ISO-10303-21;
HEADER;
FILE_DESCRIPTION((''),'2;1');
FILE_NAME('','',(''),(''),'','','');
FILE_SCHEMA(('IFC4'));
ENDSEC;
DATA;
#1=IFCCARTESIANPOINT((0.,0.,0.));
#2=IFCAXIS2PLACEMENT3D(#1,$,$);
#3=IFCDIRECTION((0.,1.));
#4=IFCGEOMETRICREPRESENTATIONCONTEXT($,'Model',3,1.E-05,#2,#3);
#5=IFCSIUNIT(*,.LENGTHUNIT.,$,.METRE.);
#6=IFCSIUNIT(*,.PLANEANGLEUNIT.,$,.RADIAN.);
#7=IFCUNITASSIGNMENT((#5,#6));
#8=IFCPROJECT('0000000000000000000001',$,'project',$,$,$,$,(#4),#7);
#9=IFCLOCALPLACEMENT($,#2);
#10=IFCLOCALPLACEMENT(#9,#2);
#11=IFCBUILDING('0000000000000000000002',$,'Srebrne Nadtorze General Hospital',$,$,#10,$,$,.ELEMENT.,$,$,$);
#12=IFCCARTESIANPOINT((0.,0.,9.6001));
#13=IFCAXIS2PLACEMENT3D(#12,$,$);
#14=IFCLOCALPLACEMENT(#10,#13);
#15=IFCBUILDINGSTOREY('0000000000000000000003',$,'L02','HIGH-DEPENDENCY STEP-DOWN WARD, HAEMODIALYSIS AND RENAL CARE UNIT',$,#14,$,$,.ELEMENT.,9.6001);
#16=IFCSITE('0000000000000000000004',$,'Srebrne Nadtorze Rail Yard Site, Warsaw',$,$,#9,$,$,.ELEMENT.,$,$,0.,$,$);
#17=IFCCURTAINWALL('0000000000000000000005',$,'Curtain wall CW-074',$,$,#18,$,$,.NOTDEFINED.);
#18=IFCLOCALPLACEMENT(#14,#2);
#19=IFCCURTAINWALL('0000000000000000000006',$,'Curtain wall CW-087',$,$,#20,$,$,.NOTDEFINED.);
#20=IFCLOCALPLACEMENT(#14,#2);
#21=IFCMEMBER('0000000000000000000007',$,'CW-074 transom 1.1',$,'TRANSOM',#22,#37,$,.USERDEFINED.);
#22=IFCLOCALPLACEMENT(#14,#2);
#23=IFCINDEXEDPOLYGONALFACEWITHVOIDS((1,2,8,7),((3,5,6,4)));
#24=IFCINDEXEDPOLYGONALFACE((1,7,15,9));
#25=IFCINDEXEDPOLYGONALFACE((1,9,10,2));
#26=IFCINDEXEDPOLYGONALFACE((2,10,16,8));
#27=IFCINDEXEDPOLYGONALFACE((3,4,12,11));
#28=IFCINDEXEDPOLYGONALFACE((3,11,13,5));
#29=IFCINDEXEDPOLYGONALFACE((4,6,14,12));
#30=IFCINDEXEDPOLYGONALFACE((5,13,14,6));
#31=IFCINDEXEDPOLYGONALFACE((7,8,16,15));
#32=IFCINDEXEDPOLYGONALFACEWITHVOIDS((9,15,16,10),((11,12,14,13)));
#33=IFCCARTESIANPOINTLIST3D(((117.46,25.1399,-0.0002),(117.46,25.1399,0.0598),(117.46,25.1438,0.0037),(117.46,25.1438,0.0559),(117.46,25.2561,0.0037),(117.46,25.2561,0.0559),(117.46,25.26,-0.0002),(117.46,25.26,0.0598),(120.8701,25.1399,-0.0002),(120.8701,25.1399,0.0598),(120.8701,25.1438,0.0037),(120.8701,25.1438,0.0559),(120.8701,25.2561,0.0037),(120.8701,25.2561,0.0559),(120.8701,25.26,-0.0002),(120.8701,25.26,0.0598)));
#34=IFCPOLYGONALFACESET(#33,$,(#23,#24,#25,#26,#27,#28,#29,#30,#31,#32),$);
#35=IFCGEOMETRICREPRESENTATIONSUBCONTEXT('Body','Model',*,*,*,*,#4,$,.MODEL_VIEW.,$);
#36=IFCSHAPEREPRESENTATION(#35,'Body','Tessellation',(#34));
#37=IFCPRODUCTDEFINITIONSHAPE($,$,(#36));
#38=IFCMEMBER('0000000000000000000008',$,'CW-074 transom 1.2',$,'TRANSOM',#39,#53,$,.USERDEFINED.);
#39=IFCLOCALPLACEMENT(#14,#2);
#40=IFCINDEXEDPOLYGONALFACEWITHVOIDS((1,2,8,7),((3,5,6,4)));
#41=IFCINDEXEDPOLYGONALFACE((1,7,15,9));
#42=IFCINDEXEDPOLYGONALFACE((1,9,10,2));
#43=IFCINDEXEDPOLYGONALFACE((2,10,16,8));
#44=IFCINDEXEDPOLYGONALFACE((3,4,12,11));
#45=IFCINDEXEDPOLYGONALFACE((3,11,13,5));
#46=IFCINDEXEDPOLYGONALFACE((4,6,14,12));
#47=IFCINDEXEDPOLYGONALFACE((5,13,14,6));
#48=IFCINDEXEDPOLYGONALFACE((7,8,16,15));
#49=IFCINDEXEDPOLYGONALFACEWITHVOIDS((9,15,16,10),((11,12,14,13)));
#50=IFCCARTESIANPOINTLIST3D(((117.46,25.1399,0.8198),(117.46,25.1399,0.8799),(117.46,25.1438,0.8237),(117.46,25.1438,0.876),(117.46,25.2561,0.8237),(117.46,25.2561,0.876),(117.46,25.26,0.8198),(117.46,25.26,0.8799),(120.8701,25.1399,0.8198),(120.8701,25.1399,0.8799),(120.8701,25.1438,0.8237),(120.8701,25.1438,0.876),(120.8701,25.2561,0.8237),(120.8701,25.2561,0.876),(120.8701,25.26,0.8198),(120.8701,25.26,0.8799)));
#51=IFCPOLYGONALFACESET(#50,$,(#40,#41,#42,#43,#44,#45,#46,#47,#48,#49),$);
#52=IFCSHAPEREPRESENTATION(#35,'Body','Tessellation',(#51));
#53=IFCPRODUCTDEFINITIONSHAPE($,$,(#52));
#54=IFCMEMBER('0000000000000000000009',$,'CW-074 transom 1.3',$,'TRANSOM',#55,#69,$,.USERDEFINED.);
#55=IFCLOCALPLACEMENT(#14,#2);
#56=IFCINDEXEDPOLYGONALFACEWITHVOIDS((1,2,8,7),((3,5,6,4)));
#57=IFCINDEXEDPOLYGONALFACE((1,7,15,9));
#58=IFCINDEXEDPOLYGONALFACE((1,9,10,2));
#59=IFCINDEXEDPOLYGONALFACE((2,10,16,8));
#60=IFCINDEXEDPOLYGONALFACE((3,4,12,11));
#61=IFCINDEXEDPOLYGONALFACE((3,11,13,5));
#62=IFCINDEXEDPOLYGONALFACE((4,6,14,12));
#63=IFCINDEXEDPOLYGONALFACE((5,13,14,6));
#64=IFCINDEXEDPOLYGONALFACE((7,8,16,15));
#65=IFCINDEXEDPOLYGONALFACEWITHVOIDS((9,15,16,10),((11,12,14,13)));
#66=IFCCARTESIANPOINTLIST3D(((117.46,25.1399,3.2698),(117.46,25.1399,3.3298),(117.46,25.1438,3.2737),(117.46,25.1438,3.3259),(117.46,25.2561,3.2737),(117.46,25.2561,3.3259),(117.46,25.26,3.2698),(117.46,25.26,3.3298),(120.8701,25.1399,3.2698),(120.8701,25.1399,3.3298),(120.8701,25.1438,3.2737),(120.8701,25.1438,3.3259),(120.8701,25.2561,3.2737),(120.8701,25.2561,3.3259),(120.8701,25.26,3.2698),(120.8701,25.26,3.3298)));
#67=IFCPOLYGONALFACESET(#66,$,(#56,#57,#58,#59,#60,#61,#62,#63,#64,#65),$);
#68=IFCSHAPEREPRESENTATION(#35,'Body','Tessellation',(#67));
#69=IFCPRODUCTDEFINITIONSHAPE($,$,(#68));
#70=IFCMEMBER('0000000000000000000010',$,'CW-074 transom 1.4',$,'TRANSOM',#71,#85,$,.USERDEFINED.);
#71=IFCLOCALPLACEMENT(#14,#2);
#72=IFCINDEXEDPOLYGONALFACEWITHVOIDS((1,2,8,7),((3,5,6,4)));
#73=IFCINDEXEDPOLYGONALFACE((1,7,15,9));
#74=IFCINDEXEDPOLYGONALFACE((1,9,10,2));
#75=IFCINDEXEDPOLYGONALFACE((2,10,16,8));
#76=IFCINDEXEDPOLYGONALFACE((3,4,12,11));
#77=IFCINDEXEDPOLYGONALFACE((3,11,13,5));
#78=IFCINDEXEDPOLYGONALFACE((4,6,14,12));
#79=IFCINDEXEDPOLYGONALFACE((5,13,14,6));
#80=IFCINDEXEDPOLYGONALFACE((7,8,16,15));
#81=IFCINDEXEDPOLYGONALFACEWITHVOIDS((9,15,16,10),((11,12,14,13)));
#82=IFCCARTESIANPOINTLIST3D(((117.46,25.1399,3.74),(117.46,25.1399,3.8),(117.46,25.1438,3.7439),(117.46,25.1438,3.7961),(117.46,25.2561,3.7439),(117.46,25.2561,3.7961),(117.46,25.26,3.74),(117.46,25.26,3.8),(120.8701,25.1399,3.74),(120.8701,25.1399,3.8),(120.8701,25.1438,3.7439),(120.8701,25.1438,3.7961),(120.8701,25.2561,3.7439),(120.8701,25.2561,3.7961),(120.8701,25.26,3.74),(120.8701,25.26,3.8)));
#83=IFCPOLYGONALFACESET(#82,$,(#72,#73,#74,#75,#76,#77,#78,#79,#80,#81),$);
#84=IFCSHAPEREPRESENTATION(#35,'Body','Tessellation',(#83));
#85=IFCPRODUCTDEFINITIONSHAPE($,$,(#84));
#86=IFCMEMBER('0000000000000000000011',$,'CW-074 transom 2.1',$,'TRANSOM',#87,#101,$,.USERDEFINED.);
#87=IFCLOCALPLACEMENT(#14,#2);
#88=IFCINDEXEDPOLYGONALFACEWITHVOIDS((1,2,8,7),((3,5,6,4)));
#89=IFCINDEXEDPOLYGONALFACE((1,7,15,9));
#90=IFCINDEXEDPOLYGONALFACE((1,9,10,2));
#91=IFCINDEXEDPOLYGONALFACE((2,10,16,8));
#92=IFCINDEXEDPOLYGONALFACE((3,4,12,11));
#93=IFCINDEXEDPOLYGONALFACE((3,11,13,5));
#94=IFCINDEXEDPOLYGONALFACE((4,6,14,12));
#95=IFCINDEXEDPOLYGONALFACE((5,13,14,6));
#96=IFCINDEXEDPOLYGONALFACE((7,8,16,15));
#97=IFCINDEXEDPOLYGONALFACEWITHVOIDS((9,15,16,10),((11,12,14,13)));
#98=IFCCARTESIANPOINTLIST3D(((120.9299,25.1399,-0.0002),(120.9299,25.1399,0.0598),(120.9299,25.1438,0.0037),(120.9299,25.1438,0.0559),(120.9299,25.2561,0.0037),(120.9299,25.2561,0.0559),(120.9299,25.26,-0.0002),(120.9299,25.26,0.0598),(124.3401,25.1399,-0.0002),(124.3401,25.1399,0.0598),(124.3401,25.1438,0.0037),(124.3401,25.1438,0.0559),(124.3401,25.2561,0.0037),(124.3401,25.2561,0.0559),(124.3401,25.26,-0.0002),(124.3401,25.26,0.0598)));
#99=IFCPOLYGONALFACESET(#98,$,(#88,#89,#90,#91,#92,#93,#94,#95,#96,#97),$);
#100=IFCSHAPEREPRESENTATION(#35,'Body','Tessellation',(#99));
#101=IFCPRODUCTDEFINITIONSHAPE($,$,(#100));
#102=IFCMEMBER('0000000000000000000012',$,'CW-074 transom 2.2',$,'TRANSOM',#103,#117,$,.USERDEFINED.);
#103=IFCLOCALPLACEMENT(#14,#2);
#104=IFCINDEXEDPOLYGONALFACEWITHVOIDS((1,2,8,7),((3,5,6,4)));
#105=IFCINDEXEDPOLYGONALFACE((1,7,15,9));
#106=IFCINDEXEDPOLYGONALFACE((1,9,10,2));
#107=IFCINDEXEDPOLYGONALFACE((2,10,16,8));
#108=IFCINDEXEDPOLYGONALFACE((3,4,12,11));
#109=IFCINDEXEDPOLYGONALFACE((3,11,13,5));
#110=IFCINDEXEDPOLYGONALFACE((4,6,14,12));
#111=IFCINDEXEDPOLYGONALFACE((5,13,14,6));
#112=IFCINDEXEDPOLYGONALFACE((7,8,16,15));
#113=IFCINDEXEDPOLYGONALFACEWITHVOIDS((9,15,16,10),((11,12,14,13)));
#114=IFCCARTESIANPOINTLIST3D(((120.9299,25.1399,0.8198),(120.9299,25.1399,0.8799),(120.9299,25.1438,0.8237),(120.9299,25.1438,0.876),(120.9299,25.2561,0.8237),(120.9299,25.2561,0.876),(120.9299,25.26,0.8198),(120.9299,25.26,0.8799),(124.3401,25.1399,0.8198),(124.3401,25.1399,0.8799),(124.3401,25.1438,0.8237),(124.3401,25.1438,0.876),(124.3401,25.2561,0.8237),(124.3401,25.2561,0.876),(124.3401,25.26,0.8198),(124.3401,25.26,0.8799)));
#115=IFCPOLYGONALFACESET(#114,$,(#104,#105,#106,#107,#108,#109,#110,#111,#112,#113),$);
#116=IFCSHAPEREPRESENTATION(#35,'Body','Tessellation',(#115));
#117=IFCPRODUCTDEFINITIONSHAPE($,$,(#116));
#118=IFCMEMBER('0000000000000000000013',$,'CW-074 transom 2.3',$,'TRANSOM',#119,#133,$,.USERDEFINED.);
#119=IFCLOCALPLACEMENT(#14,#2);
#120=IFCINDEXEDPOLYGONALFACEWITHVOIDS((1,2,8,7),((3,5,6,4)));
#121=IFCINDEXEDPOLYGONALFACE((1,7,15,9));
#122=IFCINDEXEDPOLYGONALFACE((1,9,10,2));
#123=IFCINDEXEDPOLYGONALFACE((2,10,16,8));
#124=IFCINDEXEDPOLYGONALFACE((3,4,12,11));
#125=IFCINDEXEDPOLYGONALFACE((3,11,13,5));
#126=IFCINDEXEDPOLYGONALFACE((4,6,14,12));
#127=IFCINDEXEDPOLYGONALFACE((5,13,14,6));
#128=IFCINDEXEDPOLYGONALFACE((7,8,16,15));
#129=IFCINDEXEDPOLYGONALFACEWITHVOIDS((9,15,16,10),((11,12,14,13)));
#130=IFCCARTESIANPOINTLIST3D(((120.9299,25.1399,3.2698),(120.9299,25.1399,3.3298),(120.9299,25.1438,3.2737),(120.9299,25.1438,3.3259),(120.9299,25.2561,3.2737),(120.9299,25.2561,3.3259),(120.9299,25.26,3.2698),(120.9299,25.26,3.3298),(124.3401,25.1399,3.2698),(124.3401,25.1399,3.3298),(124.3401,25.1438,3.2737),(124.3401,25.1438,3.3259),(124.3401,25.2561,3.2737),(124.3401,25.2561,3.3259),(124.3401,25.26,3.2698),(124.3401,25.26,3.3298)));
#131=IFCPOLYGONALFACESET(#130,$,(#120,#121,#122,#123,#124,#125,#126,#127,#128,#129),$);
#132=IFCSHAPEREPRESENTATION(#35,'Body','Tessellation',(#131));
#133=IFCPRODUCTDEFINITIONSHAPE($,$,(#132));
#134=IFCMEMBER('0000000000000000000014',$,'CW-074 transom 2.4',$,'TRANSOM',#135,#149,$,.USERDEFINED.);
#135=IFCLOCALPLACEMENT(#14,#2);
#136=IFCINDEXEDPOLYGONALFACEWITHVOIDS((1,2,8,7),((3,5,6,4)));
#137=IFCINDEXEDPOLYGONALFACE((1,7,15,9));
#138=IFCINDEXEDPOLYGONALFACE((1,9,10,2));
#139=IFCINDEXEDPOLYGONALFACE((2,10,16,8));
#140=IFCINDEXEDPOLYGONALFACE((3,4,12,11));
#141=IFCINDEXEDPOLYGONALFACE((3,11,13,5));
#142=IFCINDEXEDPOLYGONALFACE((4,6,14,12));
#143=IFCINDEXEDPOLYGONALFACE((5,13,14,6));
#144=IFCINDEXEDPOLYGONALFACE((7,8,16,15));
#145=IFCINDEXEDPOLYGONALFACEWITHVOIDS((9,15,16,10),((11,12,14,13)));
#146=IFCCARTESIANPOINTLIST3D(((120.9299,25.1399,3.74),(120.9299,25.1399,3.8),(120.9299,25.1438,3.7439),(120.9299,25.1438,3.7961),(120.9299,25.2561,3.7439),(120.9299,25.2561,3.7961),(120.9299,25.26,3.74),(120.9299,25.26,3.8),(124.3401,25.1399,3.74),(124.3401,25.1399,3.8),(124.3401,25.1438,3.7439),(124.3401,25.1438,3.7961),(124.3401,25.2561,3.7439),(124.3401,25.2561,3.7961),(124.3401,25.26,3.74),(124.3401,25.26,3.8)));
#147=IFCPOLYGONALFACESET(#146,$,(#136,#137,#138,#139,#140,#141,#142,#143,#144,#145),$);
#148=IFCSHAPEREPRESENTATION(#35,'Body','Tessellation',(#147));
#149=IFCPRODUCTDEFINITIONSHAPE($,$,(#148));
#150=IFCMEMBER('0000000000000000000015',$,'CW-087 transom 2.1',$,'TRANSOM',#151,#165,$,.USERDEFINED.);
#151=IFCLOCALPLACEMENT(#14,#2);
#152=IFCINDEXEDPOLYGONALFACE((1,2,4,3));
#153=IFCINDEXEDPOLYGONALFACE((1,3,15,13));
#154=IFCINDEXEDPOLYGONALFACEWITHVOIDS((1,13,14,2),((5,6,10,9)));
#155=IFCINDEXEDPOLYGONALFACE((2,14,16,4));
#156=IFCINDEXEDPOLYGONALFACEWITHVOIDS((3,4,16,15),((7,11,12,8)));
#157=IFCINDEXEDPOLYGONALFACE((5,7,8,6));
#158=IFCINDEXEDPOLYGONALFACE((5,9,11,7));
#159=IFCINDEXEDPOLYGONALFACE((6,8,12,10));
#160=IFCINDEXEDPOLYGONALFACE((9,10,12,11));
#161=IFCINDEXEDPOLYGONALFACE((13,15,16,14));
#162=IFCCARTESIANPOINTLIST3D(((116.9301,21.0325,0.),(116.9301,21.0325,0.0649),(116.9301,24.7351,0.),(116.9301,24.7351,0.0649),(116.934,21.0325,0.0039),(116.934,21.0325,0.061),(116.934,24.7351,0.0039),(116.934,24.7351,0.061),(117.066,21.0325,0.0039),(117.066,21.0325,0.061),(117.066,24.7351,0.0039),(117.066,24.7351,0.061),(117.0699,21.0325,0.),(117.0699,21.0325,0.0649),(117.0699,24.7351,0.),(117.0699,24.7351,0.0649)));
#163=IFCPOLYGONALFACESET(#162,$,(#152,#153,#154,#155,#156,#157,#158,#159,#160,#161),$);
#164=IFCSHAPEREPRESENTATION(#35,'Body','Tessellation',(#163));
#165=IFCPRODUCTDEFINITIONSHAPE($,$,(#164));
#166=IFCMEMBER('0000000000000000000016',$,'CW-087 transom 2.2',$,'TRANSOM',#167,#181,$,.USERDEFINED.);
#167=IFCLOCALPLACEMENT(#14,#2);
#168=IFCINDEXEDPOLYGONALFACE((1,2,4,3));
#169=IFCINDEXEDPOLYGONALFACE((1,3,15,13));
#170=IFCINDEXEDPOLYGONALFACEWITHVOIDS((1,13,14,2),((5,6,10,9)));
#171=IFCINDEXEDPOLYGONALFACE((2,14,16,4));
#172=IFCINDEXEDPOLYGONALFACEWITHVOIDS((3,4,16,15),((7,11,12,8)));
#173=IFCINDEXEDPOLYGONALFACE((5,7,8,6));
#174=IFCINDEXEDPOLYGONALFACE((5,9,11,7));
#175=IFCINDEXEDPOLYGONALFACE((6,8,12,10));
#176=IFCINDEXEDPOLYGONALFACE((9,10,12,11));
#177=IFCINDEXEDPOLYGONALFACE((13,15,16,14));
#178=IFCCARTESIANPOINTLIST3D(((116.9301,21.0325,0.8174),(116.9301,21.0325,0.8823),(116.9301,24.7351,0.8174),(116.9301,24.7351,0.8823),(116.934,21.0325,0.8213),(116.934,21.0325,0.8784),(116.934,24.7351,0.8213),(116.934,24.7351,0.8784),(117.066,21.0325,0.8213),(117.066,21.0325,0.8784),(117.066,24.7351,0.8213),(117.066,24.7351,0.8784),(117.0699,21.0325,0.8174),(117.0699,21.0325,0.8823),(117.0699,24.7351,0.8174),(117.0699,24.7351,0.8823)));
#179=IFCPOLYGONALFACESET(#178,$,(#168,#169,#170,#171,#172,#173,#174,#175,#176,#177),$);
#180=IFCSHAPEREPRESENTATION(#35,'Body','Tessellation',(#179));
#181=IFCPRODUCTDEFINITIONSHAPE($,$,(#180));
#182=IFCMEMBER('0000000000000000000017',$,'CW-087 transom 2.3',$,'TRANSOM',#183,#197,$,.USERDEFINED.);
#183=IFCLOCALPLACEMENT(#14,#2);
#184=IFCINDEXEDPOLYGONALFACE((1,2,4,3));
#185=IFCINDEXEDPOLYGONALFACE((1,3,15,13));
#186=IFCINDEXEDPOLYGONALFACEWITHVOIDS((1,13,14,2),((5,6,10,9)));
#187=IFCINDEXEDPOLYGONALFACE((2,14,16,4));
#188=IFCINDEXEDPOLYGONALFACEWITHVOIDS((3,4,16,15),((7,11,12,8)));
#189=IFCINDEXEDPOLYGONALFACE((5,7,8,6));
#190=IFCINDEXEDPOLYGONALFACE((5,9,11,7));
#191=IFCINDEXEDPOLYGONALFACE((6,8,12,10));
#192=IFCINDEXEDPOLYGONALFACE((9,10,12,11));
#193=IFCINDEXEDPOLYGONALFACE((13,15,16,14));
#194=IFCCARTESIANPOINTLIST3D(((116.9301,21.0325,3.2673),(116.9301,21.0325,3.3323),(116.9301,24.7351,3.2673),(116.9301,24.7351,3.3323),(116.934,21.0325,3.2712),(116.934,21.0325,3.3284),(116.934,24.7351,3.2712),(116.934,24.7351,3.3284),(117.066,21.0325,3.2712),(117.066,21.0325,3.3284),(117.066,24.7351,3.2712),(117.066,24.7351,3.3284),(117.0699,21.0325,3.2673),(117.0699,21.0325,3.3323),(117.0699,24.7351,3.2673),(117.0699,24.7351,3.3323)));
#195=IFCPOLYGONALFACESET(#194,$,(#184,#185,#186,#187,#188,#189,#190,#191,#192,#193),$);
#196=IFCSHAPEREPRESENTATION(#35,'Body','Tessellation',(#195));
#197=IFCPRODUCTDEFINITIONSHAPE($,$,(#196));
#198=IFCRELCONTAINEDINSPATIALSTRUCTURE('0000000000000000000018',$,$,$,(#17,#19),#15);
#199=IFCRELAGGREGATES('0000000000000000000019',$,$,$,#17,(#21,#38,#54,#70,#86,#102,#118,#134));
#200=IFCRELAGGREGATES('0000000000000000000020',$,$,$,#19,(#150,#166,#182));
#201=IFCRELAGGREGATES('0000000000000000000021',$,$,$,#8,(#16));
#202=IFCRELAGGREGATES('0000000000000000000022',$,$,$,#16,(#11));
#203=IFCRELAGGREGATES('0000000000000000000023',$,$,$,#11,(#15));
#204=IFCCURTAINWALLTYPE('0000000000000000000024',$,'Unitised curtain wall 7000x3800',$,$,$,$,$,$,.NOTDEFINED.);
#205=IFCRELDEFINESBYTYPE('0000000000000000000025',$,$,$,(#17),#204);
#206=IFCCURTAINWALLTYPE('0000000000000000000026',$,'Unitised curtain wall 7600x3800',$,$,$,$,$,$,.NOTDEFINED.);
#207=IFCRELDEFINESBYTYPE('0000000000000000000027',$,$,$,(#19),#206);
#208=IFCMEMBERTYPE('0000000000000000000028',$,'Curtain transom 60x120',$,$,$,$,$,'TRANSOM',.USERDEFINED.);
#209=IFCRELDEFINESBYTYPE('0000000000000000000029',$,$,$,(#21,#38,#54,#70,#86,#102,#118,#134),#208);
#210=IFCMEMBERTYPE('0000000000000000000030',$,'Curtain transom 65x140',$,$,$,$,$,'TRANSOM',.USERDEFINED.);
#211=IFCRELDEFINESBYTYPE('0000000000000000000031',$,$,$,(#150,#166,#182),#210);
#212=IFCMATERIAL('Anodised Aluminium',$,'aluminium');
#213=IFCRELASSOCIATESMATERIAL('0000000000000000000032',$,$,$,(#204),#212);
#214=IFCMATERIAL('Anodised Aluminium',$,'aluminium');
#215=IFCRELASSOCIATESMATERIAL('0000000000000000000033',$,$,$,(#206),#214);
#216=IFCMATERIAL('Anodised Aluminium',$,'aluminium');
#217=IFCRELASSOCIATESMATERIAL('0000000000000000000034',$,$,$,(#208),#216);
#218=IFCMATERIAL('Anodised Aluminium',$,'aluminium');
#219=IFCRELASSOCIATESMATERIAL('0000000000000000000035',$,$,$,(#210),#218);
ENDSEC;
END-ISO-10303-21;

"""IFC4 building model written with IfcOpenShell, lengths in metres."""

from ifc_helpers import new_model, si_unit, direction, frame, origin, origin_2d, place, context, subcontext, project, spatial, hollow_rectangle, extrude, material, material_profile, profile_set, type_object, element, aggregate, save


model = new_model("IFC4")

# Units and contexts
model_context = context("Model", 3, precision=1e-05, world=origin(), true_north=direction((0.0, 1.0)))
body_context = subcontext(model_context, "Body", "Model", "MODEL_VIEW")
ifc_project = project(units=[si_unit("LENGTHUNIT", "METRE"), si_unit("PLANEANGLEUNIT", "RADIAN")], contexts=[model_context])

# Site, building, storey
site_placement = place(None, origin())
site = spatial("IfcSite", under=ifc_project, at=site_placement, Name="Srebrne Nadtorze Rail Yard Site, Warsaw", CompositionType="ELEMENT", RefElevation=0.0)
building_placement = place(site_placement, origin())
building = spatial("IfcBuilding", under=site, at=building_placement, Name="Srebrne Nadtorze General Hospital", CompositionType="ELEMENT")
storey_placement = place(building_placement, frame((0.0, 0.0, 9.6001)))
storey = spatial("IfcBuildingStorey", under=building, at=storey_placement, Name="L02", Description="HIGH-DEPENDENCY STEP-DOWN WARD, HAEMODIALYSIS AND RENAL CARE UNIT", CompositionType="ELEMENT", Elevation=9.6001)

# Shared definitions
ifc_material_1 = material(Name="Anodised Aluminium", Category="aluminium")
curtain_wall_type_1 = type_object("IfcCurtainWallType", Name="Unitised curtain wall 7000x3800", PredefinedType="NOTDEFINED", material=ifc_material_1)

# Curtain wall
curtain_wall_1_placement = place(storey_placement, origin())
curtain_wall_1 = element("IfcCurtainWall", 1, at=curtain_wall_1_placement, inside=storey, type_object=curtain_wall_type_1, Name="Curtain wall CW-074", PredefinedType="NOTDEFINED")

# Curtain wall
ifc_material_2 = material(Name="Anodised Aluminium", Category="aluminium")
curtain_wall_type_2 = type_object("IfcCurtainWallType", Name="Unitised curtain wall 7600x3800", PredefinedType="NOTDEFINED", material=ifc_material_2)
curtain_wall_2_placement = place(storey_placement, origin())
curtain_wall_2 = element("IfcCurtainWall", 2, at=curtain_wall_2_placement, inside=storey, type_object=curtain_wall_type_2, Name="Curtain wall CW-087", PredefinedType="NOTDEFINED")

# Members
ifc_material_3 = material(Name="Anodised Aluminium", Category="aluminium")
ifc_material_profile_1 = material_profile(ifc_material_3, hollow_rectangle(XDim=0.0601, YDim=0.1201, WallThickness=0.0039, at=origin_2d()), Name="AL-TRN-60x120")
ifc_profile_set_1 = profile_set([ifc_material_profile_1], Name="Anodised Aluminium")
member_type_1 = type_object("IfcMemberType", Name="Curtain transom 60x120", ElementType="TRANSOM", PredefinedType="USERDEFINED", material=ifc_profile_set_1)
member_1_placement = place(storey_placement, frame((117.46, 25.2, 0.0298), z_axis=(1.0, 0.0, 0.0), x_axis=(0.0, 0.0, 1.0)))
member_1 = element("IfcMember", 3, at=member_1_placement, type_object=member_type_1, Name="CW-074 transom 1.1", ObjectType="TRANSOM", PredefinedType="USERDEFINED", context=body_context, shape_type="SweptSolid", body=[
    extrude(hollow_rectangle(XDim=0.0601, YDim=0.1201, WallThickness=0.0039, at=origin_2d()), origin(), (0.0, 0.0, 1.0), 3.4102),
])
member_2_placement = place(storey_placement, frame((117.46, 25.2, 0.8499), z_axis=(1.0, 0.0, 0.0), x_axis=(0.0, 0.0, 1.0)))
member_2 = element("IfcMember", 4, at=member_2_placement, type_object=member_type_1, Name="CW-074 transom 1.2", ObjectType="TRANSOM", PredefinedType="USERDEFINED", context=body_context, shape_type="SweptSolid", body=[
    extrude(hollow_rectangle(XDim=0.0601, YDim=0.1201, WallThickness=0.0039, at=origin_2d()), origin(), (0.0, 0.0, 1.0), 3.4102),
])
member_3_placement = place(storey_placement, frame((117.46, 25.2, 3.2998), z_axis=(1.0, 0.0, 0.0), x_axis=(0.0, 0.0, 1.0)))
member_3 = element("IfcMember", 5, at=member_3_placement, type_object=member_type_1, Name="CW-074 transom 1.3", ObjectType="TRANSOM", PredefinedType="USERDEFINED", context=body_context, shape_type="SweptSolid", body=[
    extrude(hollow_rectangle(XDim=0.0601, YDim=0.1201, WallThickness=0.0039, at=origin_2d()), origin(), (0.0, 0.0, 1.0), 3.4102),
])
member_4_placement = place(storey_placement, frame((117.46, 25.2, 3.77), z_axis=(1.0, 0.0, 0.0), x_axis=(0.0, 0.0, 1.0)))
member_4 = element("IfcMember", 6, at=member_4_placement, type_object=member_type_1, Name="CW-074 transom 1.4", ObjectType="TRANSOM", PredefinedType="USERDEFINED", context=body_context, shape_type="SweptSolid", body=[
    extrude(hollow_rectangle(XDim=0.0601, YDim=0.1201, WallThickness=0.0039, at=origin_2d()), origin(), (0.0, 0.0, 1.0), 3.4102),
])
member_5_placement = place(storey_placement, frame((120.9299, 25.2, 0.0298), z_axis=(1.0, 0.0, 0.0), x_axis=(0.0, 0.0, 1.0)))
member_5 = element("IfcMember", 7, at=member_5_placement, type_object=member_type_1, Name="CW-074 transom 2.1", ObjectType="TRANSOM", PredefinedType="USERDEFINED", context=body_context, shape_type="SweptSolid", body=[
    extrude(hollow_rectangle(XDim=0.0601, YDim=0.1201, WallThickness=0.0039, at=origin_2d()), origin(), (0.0, 0.0, 1.0), 3.4102),
])
member_6_placement = place(storey_placement, frame((120.9299, 25.2, 0.8499), z_axis=(1.0, 0.0, 0.0), x_axis=(0.0, 0.0, 1.0)))
member_6 = element("IfcMember", 8, at=member_6_placement, type_object=member_type_1, Name="CW-074 transom 2.2", ObjectType="TRANSOM", PredefinedType="USERDEFINED", context=body_context, shape_type="SweptSolid", body=[
    extrude(hollow_rectangle(XDim=0.0601, YDim=0.1201, WallThickness=0.0039, at=origin_2d()), origin(), (0.0, 0.0, 1.0), 3.4102),
])
member_7_placement = place(storey_placement, frame((120.9299, 25.2, 3.2998), z_axis=(1.0, 0.0, 0.0), x_axis=(0.0, 0.0, 1.0)))
member_7 = element("IfcMember", 9, at=member_7_placement, type_object=member_type_1, Name="CW-074 transom 2.3", ObjectType="TRANSOM", PredefinedType="USERDEFINED", context=body_context, shape_type="SweptSolid", body=[
    extrude(hollow_rectangle(XDim=0.0601, YDim=0.1201, WallThickness=0.0039, at=origin_2d()), origin(), (0.0, 0.0, 1.0), 3.4102),
])
member_8_placement = place(storey_placement, frame((120.9299, 25.2, 3.77), z_axis=(1.0, 0.0, 0.0), x_axis=(0.0, 0.0, 1.0)))
member_8 = element("IfcMember", 10, at=member_8_placement, type_object=member_type_1, Name="CW-074 transom 2.4", ObjectType="TRANSOM", PredefinedType="USERDEFINED", context=body_context, shape_type="SweptSolid", body=[
    extrude(hollow_rectangle(XDim=0.0601, YDim=0.1201, WallThickness=0.0039, at=origin_2d()), origin(), (0.0, 0.0, 1.0), 3.4102),
])
ifc_material_4 = material(Name="Anodised Aluminium", Category="aluminium")
ifc_material_profile_2 = material_profile(ifc_material_4, hollow_rectangle(XDim=0.0649, YDim=0.1399, WallThickness=0.0039, at=origin_2d()), Name="AL-TRN-65x140")
ifc_profile_set_2 = profile_set([ifc_material_profile_2], Name="Anodised Aluminium")
member_type_2 = type_object("IfcMemberType", Name="Curtain transom 65x140", ElementType="TRANSOM", PredefinedType="USERDEFINED", material=ifc_profile_set_2)
member_9_placement = place(storey_placement, frame((117.0, 21.0325, 0.0325), z_axis=(0.0, 1.0, 0.0), x_axis=(0.0, 0.0, 1.0)))
member_9 = element("IfcMember", 11, at=member_9_placement, type_object=member_type_2, Name="CW-087 transom 2.1", ObjectType="TRANSOM", PredefinedType="USERDEFINED", context=body_context, shape_type="SweptSolid", body=[
    extrude(hollow_rectangle(XDim=0.0649, YDim=0.1399, WallThickness=0.0039, at=origin_2d()), origin(), (0.0, 0.0, 1.0), 3.7026),
])
member_10_placement = place(storey_placement, frame((117.0, 21.0325, 0.8499), z_axis=(0.0, 1.0, 0.0), x_axis=(0.0, 0.0, 1.0)))
member_10 = element("IfcMember", 12, at=member_10_placement, type_object=member_type_2, Name="CW-087 transom 2.2", ObjectType="TRANSOM", PredefinedType="USERDEFINED", context=body_context, shape_type="SweptSolid", body=[
    extrude(hollow_rectangle(XDim=0.0649, YDim=0.1399, WallThickness=0.0039, at=origin_2d()), origin(), (0.0, 0.0, 1.0), 3.7026),
])
member_11_placement = place(storey_placement, frame((117.0, 21.0325, 3.2998), z_axis=(0.0, 1.0, 0.0), x_axis=(0.0, 0.0, 1.0)))
member_11 = element("IfcMember", 13, at=member_11_placement, type_object=member_type_2, Name="CW-087 transom 2.3", ObjectType="TRANSOM", PredefinedType="USERDEFINED", context=body_context, shape_type="SweptSolid", body=[
    extrude(hollow_rectangle(XDim=0.0649, YDim=0.1399, WallThickness=0.0039, at=origin_2d()), origin(), (0.0, 0.0, 1.0), 3.7026),
])

aggregate(curtain_wall_1, [member_1, member_2, member_3, member_4, member_5, member_6, member_7, member_8])
aggregate(curtain_wall_2, [member_9, member_10, member_11])

save(model, "model.ifc")
